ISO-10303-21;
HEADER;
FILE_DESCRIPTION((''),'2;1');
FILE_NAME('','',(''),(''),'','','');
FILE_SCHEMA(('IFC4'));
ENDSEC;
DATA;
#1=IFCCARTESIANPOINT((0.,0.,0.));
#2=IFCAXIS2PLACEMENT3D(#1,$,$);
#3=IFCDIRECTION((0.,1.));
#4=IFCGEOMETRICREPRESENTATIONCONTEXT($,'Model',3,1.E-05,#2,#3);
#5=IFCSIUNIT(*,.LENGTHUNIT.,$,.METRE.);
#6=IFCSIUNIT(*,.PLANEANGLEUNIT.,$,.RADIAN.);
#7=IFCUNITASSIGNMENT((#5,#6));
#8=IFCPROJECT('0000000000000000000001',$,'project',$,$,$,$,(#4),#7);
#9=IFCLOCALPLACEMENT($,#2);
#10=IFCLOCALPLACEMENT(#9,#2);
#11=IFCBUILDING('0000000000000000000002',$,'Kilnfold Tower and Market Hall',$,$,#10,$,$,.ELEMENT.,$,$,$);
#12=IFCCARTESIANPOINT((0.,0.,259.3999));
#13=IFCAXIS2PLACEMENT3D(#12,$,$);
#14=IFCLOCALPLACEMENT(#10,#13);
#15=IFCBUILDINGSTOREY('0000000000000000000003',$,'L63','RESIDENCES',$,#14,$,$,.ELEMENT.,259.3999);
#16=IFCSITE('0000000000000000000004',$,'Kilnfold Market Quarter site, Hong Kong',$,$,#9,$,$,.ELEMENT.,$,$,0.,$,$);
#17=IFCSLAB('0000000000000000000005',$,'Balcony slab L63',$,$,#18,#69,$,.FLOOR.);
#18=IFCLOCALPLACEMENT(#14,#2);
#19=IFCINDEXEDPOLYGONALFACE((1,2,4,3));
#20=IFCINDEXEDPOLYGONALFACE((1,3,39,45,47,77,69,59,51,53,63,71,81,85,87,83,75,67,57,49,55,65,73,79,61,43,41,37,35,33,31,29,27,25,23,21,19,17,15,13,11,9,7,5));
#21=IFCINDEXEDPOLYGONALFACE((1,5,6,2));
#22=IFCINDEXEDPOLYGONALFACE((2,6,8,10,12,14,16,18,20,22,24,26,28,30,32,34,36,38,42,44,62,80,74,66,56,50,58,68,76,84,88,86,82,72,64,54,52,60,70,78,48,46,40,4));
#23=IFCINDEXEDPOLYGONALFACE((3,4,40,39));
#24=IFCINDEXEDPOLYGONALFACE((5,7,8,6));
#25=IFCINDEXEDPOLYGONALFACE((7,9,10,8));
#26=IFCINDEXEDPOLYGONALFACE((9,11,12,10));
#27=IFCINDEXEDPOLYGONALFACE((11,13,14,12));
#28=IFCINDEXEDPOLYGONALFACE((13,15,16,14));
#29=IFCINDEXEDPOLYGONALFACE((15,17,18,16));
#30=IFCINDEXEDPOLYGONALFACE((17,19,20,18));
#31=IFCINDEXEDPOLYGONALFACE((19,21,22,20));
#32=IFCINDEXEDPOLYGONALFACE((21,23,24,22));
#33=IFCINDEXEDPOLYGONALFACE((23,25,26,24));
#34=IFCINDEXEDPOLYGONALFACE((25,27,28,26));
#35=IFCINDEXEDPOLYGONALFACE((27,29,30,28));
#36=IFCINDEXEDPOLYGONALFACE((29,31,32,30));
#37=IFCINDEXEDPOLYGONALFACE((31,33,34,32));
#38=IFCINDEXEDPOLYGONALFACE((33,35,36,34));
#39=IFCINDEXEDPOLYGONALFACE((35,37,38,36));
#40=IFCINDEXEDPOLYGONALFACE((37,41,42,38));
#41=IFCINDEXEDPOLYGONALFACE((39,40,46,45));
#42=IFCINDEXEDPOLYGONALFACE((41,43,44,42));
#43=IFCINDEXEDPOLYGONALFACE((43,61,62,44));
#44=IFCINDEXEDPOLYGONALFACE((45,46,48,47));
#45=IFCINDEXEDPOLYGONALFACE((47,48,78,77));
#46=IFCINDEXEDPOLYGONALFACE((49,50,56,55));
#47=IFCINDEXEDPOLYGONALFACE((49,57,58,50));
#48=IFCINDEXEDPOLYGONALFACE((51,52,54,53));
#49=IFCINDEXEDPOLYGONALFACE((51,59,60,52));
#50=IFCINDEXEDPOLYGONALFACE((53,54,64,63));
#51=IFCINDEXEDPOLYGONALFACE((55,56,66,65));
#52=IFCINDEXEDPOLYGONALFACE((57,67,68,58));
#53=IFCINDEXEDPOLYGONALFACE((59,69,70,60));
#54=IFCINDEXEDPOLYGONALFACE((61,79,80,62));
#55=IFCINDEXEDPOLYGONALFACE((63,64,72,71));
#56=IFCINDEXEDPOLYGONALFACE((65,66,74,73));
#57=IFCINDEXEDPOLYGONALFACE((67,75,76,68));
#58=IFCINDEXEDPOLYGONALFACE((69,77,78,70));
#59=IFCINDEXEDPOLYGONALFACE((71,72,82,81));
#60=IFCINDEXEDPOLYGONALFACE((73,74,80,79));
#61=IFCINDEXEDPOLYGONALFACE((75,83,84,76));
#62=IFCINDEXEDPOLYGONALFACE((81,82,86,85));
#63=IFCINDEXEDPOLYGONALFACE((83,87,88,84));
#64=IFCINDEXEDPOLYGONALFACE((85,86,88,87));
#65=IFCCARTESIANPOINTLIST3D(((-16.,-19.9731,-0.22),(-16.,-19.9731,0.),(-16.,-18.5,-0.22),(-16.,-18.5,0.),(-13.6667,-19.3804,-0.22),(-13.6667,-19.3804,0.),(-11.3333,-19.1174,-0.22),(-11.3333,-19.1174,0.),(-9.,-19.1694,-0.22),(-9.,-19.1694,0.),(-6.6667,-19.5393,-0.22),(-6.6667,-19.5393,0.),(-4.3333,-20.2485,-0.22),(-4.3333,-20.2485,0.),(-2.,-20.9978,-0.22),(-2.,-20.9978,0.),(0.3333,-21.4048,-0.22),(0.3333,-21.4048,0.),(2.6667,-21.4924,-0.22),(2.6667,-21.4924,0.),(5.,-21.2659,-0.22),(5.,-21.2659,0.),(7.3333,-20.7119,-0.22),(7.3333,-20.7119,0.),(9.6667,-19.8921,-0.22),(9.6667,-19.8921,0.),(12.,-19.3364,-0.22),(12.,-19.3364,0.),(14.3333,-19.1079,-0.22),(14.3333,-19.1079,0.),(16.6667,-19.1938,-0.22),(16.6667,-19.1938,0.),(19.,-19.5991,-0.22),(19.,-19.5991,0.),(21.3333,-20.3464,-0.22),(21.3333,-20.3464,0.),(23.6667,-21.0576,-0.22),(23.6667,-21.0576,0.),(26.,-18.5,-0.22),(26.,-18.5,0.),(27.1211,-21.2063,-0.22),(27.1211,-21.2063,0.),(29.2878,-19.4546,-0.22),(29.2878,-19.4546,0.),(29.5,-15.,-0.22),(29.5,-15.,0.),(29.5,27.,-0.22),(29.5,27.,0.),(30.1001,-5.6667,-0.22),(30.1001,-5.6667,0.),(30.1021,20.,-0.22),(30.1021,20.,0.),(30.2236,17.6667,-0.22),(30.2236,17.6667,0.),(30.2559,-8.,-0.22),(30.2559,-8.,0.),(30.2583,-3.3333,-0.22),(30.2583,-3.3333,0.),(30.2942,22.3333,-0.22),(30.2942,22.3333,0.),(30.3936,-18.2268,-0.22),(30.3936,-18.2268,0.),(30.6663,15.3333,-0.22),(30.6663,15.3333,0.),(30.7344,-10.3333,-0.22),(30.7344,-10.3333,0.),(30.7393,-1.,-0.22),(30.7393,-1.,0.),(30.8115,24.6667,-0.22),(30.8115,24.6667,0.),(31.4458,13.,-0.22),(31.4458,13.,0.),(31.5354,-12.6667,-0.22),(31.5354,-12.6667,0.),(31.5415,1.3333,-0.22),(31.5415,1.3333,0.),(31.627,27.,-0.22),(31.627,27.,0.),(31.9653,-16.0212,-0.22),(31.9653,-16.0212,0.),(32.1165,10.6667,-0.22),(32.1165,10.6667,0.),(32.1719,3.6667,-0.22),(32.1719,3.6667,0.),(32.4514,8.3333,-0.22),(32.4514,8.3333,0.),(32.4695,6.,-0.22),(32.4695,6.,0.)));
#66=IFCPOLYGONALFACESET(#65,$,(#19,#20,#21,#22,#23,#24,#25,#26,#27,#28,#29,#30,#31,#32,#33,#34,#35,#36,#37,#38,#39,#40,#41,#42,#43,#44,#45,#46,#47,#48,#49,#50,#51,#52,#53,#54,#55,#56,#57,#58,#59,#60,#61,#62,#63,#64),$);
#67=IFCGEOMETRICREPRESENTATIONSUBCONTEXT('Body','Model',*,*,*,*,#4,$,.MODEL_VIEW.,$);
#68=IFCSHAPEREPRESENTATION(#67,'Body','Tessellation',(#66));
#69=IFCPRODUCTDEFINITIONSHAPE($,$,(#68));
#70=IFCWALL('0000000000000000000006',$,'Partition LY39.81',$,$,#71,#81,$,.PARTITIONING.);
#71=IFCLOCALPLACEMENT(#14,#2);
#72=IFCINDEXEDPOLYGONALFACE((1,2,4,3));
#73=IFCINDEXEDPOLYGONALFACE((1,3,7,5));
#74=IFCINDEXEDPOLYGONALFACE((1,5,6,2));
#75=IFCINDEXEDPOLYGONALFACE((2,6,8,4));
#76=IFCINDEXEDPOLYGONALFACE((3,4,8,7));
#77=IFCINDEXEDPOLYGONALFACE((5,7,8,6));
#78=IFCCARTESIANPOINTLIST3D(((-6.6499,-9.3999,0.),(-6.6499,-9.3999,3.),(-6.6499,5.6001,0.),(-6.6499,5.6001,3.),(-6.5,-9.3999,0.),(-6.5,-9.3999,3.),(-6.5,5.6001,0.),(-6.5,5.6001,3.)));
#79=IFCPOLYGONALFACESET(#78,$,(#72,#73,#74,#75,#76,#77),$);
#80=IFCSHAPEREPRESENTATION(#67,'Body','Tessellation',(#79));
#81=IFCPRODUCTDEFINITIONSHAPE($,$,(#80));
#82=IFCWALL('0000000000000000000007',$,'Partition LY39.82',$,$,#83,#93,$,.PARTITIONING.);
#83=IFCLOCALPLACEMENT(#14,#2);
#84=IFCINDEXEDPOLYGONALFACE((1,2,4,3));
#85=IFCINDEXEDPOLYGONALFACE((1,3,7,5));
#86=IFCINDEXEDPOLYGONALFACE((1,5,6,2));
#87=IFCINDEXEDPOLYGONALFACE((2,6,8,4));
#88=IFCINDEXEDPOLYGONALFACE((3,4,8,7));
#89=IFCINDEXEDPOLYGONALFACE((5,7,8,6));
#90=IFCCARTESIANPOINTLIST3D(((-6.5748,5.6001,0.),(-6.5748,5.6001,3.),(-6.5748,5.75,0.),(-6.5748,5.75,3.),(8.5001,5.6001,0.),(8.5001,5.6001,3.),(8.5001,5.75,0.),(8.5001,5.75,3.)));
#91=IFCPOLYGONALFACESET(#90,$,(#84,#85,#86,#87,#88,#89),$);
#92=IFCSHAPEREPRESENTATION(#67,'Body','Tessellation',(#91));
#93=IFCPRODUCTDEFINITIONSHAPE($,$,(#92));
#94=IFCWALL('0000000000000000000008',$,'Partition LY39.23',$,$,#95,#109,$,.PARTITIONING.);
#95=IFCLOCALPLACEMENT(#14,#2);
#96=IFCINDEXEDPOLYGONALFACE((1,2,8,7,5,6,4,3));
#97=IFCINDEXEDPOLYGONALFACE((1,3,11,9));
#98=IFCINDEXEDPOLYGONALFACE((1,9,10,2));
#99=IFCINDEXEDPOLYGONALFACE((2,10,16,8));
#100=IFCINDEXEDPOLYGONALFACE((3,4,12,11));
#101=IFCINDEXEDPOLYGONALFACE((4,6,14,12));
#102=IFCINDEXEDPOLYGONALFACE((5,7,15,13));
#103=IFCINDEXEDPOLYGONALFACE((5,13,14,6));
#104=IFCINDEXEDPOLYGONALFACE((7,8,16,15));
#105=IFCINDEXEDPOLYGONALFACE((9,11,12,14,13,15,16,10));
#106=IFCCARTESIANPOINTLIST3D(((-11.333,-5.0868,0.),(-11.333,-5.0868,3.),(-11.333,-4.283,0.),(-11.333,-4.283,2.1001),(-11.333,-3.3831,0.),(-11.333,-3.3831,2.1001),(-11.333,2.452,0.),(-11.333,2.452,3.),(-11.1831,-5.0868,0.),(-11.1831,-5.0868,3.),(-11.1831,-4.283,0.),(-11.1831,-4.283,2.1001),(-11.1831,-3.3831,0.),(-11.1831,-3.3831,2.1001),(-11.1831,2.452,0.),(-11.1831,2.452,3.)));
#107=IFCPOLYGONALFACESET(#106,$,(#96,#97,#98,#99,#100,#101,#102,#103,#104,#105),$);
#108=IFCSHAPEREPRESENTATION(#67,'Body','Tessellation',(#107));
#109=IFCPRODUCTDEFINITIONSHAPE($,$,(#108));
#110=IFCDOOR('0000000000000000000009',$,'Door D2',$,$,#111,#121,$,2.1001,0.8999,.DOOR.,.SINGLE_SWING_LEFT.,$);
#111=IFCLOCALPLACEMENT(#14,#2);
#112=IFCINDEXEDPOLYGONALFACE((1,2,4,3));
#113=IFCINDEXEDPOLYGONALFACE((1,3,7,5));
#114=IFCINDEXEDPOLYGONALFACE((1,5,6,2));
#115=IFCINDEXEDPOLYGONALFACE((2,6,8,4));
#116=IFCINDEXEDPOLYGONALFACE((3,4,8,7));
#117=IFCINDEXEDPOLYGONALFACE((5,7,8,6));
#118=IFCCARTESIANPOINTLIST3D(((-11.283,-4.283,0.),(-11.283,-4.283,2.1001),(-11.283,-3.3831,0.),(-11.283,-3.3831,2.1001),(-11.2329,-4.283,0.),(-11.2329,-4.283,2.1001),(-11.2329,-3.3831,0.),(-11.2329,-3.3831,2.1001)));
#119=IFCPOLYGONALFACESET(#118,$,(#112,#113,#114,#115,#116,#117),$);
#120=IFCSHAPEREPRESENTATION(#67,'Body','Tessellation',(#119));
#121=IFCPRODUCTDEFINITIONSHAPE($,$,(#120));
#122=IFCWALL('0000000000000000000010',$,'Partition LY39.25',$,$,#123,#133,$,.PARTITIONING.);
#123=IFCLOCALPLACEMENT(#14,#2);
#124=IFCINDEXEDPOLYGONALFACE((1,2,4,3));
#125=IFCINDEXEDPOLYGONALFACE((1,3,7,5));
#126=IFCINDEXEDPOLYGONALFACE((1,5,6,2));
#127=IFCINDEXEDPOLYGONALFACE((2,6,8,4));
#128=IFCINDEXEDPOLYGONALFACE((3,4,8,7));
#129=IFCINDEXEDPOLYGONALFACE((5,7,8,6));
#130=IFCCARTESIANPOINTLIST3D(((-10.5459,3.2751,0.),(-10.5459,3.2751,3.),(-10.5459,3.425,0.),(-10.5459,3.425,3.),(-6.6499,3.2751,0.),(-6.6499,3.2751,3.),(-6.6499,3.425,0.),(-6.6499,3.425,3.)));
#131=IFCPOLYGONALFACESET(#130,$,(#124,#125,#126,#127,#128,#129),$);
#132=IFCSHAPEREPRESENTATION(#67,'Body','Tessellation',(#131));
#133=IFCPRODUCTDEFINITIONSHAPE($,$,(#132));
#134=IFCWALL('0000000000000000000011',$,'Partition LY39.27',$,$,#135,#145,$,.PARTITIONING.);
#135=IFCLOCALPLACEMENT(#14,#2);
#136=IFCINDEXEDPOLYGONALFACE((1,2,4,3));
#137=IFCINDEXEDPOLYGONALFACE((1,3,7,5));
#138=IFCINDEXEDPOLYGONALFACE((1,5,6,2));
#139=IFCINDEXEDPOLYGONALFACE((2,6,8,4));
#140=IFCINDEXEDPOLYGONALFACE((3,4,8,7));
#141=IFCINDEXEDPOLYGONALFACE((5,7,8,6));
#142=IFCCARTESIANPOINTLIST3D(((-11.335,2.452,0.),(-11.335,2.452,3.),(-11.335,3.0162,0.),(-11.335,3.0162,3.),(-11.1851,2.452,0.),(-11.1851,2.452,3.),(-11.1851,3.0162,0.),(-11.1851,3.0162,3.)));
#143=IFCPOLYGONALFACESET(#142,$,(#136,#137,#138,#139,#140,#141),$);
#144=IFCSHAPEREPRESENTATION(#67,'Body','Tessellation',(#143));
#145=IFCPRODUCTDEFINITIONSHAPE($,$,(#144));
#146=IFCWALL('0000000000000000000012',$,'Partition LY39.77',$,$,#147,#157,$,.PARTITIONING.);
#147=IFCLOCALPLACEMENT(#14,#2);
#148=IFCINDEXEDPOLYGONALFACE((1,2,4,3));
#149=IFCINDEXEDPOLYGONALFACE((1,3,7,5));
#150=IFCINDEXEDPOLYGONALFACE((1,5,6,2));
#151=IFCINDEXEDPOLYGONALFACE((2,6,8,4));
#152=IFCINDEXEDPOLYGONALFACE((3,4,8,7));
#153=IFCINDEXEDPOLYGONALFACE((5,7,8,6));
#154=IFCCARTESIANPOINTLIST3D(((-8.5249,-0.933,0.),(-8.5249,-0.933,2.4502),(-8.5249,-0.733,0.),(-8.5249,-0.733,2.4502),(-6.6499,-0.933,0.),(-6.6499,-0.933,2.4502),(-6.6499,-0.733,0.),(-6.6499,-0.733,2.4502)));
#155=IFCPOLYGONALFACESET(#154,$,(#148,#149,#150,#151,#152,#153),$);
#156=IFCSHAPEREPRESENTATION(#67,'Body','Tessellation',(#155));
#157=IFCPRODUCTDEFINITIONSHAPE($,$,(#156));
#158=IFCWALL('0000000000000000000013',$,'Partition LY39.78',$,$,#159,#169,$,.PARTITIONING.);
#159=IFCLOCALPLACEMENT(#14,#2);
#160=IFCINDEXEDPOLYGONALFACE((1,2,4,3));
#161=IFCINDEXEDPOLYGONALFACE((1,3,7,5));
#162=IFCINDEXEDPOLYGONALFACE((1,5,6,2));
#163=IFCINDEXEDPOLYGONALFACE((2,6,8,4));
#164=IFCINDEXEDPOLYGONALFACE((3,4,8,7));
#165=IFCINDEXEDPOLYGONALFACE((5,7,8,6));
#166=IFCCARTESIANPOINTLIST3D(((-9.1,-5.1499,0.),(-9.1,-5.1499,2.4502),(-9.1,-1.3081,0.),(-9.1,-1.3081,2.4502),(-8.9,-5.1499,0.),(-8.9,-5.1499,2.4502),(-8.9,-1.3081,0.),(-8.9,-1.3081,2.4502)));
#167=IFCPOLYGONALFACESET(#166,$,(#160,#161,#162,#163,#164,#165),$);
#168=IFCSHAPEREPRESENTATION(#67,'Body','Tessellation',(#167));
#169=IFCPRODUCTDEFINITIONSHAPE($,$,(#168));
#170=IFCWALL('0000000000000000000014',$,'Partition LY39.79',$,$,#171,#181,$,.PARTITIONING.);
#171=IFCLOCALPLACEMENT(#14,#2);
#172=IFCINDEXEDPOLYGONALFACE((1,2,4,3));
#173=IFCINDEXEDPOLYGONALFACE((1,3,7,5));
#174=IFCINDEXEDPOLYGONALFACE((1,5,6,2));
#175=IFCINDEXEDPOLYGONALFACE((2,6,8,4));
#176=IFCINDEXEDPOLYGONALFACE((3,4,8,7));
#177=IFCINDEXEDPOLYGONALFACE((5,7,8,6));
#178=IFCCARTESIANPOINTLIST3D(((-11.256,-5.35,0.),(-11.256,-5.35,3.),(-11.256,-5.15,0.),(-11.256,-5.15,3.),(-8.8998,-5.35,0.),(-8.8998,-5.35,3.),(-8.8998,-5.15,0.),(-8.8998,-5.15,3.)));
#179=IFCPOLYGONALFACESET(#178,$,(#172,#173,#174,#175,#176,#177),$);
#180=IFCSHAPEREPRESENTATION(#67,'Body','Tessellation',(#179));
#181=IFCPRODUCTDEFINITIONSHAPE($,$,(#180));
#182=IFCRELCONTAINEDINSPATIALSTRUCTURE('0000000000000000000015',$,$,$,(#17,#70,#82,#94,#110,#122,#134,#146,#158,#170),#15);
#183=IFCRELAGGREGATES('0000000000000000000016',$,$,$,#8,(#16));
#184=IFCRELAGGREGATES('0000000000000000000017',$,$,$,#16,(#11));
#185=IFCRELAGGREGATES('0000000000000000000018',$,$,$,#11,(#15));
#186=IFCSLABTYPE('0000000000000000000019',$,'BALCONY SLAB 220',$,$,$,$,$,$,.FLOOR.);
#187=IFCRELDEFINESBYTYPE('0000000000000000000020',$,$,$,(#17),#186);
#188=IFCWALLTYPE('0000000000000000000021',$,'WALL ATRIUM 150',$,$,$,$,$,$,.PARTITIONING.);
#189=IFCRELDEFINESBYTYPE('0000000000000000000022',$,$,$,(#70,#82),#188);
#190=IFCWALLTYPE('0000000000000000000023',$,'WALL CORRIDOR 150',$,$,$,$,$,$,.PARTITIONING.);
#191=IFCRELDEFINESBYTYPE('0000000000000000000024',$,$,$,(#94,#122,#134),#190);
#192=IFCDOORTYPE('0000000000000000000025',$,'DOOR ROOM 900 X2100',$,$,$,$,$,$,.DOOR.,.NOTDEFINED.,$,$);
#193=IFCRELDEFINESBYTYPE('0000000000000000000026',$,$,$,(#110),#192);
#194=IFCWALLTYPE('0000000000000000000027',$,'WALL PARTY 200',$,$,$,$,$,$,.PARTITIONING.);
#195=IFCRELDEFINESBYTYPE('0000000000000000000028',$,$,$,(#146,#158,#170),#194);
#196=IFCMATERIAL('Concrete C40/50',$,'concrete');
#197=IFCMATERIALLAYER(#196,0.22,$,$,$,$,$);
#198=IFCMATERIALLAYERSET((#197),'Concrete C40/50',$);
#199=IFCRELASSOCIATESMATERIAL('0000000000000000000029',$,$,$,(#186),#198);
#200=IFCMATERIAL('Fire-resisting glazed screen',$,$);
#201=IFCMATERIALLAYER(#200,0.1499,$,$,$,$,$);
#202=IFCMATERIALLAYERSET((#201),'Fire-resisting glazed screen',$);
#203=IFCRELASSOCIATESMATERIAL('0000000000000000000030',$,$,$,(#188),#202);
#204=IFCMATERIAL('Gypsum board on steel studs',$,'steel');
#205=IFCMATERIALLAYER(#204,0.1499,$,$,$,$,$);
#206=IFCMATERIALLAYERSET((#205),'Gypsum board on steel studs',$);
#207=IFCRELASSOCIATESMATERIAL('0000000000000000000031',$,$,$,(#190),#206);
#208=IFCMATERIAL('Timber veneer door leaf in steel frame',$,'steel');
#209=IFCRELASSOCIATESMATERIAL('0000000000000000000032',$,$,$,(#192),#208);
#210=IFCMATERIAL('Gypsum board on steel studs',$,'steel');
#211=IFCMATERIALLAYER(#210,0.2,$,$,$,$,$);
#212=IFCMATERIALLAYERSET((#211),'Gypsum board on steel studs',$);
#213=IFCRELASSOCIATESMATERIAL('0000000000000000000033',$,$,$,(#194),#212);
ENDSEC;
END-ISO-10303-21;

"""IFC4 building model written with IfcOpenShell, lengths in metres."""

from ifc_helpers import new_model, si_unit, direction, frame, frame_2d, origin, place, context, subcontext, project, spatial, polyline, rectangle, outline, extrude, source, transform, mapped, material, layer, layer_set, type_object, element, fill, save


model = new_model("IFC4")

# Units and contexts
model_context = context("Model", 3, precision=1e-05, world=origin(), true_north=direction((0.0, 1.0)))
body_context = subcontext(model_context, "Body", "Model", "MODEL_VIEW")
ifc_project = project(units=[si_unit("LENGTHUNIT", "METRE"), si_unit("PLANEANGLEUNIT", "RADIAN")], contexts=[model_context])

# Site, building, storey
site_placement = place(None, origin())
site = spatial("IfcSite", under=ifc_project, at=site_placement, Name="Kilnfold Market Quarter site, Hong Kong", CompositionType="ELEMENT", RefElevation=0.0)
building_placement = place(site_placement, origin())
building = spatial("IfcBuilding", under=site, at=building_placement, Name="Kilnfold Tower and Market Hall", CompositionType="ELEMENT")
storey_placement = place(building_placement, frame((0.0, 0.0, 259.3999)))
storey = spatial("IfcBuildingStorey", under=building, at=storey_placement, Name="L63", Description="RESIDENCES", CompositionType="ELEMENT", Elevation=259.3999)

# Slab
ifc_material_1 = material(Name="Concrete C40/50", Category="concrete")
ifc_layer_1 = layer(ifc_material_1, 0.22)
ifc_layer_set_1 = layer_set([ifc_layer_1], Name="Concrete C40/50")
slab_type_1 = type_object("IfcSlabType", Name="BALCONY SLAB 220", PredefinedType="FLOOR", material=ifc_layer_set_1)
shared_shape_1 = source(origin(), body_context, "Body", "SweptSolid", [
    extrude(outline(polyline([(-16.0, -18.5), (26.0, -18.5), (29.5, -15.0), (29.5, 27.0), (31.627, 27.0), (30.8115, 24.6667), (30.2942, 22.3333), (30.1021, 20.0), (30.2236, 17.6667), (30.6663, 15.3333), (31.4458, 13.0), (32.1165, 10.6667), (32.4514, 8.3333), (32.4695, 6.0), (32.1719, 3.6667), (31.5415, 1.3333), (30.7393, -1.0), (30.2583, -3.3333), (30.1001, -5.6667), (30.2559, -8.0), (30.7344, -10.3333), (31.5354, -12.6667), (31.9653, -16.0212), (30.3936, -18.2268), (29.2878, -19.4546), (27.1211, -21.2063), (23.6667, -21.0576), (21.3333, -20.3464), (19.0, -19.5991), (16.6667, -19.1938), (14.3333, -19.1079), (12.0, -19.3364), (9.6667, -19.8921), (7.3333, -20.7119), (5.0, -21.2659), (2.6667, -21.4924), (0.3333, -21.4048), (-2.0, -20.9978), (-4.3333, -20.2485), (-6.6667, -19.5393), (-9.0, -19.1694), (-11.3333, -19.1174), (-13.6667, -19.3804), (-16.0, -19.9731), (-16.0, -18.5)])), origin(), (0.0, 0.0, 1.0), 0.22),
])
slab_1_placement = place(storey_placement, frame((0.0, 0.0, -0.22)))
element("IfcSlab", 1, at=slab_1_placement, inside=storey, type_object=slab_type_1, Name="Balcony slab L63", PredefinedType="FLOOR", context=body_context, shape_type="MappedRepresentation", body=[
    mapped(shared_shape_1, transform((0.0, 0.0, 0.0))),
])

# Walls
ifc_material_2 = material(Name="Fire-resisting glazed screen")
ifc_layer_2 = layer(ifc_material_2, 0.1499)
ifc_layer_set_2 = layer_set([ifc_layer_2], Name="Fire-resisting glazed screen")
wall_type_1 = type_object("IfcWallType", Name="WALL ATRIUM 150", PredefinedType="PARTITIONING", material=ifc_layer_set_2)
wall_1_placement = place(storey_placement, frame((-6.575, -9.3999, 0.0), z_axis=(0.0, 0.0, 1.0), x_axis=(0.0, 1.0, 0.0)))
element("IfcWall", 2, at=wall_1_placement, inside=storey, type_object=wall_type_1, Name="Partition LY39.81", PredefinedType="PARTITIONING", context=body_context, shape_type="SweptSolid", body=[
    extrude(rectangle(XDim=15.0, YDim=0.1499, at=frame_2d((7.5, 0.0))), origin(), (0.0, 0.0, 1.0), 3.0),
])
wall_2_placement = place(storey_placement, frame((-6.575, 5.675, 0.0), z_axis=(0.0, 0.0, 1.0), x_axis=(1.0, 0.0, 0.0)))
element("IfcWall", 3, at=wall_2_placement, inside=storey, type_object=wall_type_1, Name="Partition LY39.82", PredefinedType="PARTITIONING", context=body_context, shape_type="SweptSolid", body=[
    extrude(rectangle(XDim=15.075, YDim=0.1499, at=frame_2d((7.5376, 0.0))), origin(), (0.0, 0.0, 1.0), 3.0),
])

# Wall, opening, door
ifc_material_3 = material(Name="Gypsum board on steel studs", Category="steel")
ifc_layer_3 = layer(ifc_material_3, 0.1499)
ifc_layer_set_3 = layer_set([ifc_layer_3], Name="Gypsum board on steel studs")
wall_type_2 = type_object("IfcWallType", Name="WALL CORRIDOR 150", PredefinedType="PARTITIONING", material=ifc_layer_set_3)
wall_3_placement = place(storey_placement, frame((-11.2581, -5.0869, 0.0), z_axis=(0.0, 0.0, 1.0), x_axis=(0.0, 1.0, 0.0)))
wall_3 = element("IfcWall", 4, at=wall_3_placement, inside=storey, type_object=wall_type_2, Name="Partition LY39.23", PredefinedType="PARTITIONING", context=body_context, shape_type="SweptSolid", body=[
    extrude(rectangle(XDim=7.5388, YDim=0.1499, at=frame_2d((3.7695, 0.0))), origin(), (0.0, 0.0, 1.0), 3.0),
])
opening_1_placement = place(wall_3_placement, frame((0.804, 0.0, 0.0)))
opening_1 = element("IfcOpeningElement", 5, at=opening_1_placement, cuts=wall_3, PredefinedType="OPENING", context=body_context, shape_type="SweptSolid", body=[
    extrude(rectangle(XDim=0.8999, YDim=2.1001, at=frame_2d((0.45, 1.05))), frame((0.0, 0.085, 0.0), z_axis=(0.0, -1.0, 0.0), x_axis=(1.0, 0.0, 0.0)), (0.0, 0.0, 1.0), 0.1699),
])
ifc_material_4 = material(Name="Timber veneer door leaf in steel frame", Category="steel")
door_type_1 = type_object("IfcDoorType", Name="DOOR ROOM 900 X2100", OperationType="NOTDEFINED", PredefinedType="DOOR", material=ifc_material_4)
door_1_placement = place(opening_1_placement, origin())
door_1 = element("IfcDoor", 6, at=door_1_placement, inside=storey, type_object=door_type_1, Name="Door D2", OperationType="SINGLE_SWING_LEFT", OverallHeight=2.1001, OverallWidth=0.8999, PredefinedType="DOOR", context=body_context, shape_type="SweptSolid", body=[
    extrude(rectangle(XDim=0.8999, YDim=2.1001, at=frame_2d((0.45, 1.05))), frame((0.0, 0.0249, 0.0), z_axis=(0.0, -1.0, 0.0), x_axis=(1.0, 0.0, 0.0)), (0.0, 0.0, 1.0), 0.05),
])
fill(opening_1, door_1)

# Walls
wall_4_placement = place(storey_placement, frame((-10.5459, 3.3501, 0.0), z_axis=(0.0, 0.0, 1.0), x_axis=(1.0, 0.0, 0.0)))
element("IfcWall", 7, at=wall_4_placement, inside=storey, type_object=wall_type_2, Name="Partition LY39.25", PredefinedType="PARTITIONING", context=body_context, shape_type="SweptSolid", body=[
    extrude(rectangle(XDim=3.896, YDim=0.1499, at=frame_2d((1.948, 0.0))), origin(), (0.0, 0.0, 1.0), 3.0),
])
wall_5_placement = place(storey_placement, frame((-11.26, 2.4519, 0.0), z_axis=(0.0, 0.0, 1.0), x_axis=(0.0, 1.0, 0.0)))
element("IfcWall", 8, at=wall_5_placement, inside=storey, type_object=wall_type_2, Name="Partition LY39.27", PredefinedType="PARTITIONING", context=body_context, shape_type="SweptSolid", body=[
    extrude(rectangle(XDim=0.5642, YDim=0.1499, at=frame_2d((0.2822, 0.0))), origin(), (0.0, 0.0, 1.0), 3.0),
])
ifc_material_5 = material(Name="Gypsum board on steel studs", Category="steel")
ifc_layer_4 = layer(ifc_material_5, 0.2)
ifc_layer_set_4 = layer_set([ifc_layer_4], Name="Gypsum board on steel studs")
wall_type_3 = type_object("IfcWallType", Name="WALL PARTY 200", PredefinedType="PARTITIONING", material=ifc_layer_set_4)
wall_6_placement = place(storey_placement, frame((-8.5249, -0.833, 0.0), z_axis=(0.0, 0.0, 1.0), x_axis=(1.0, 0.0, 0.0)))
element("IfcWall", 9, at=wall_6_placement, inside=storey, type_object=wall_type_3, Name="Partition LY39.77", PredefinedType="PARTITIONING", context=body_context, shape_type="SweptSolid", body=[
    extrude(rectangle(XDim=1.875, YDim=0.2, at=frame_2d((0.9375, 0.0))), origin(), (0.0, 0.0, 1.0), 2.4502),
])
wall_7_placement = place(storey_placement, frame((-9.0, -5.1499, 0.0), z_axis=(0.0, 0.0, 1.0), x_axis=(0.0, 1.0, 0.0)))
element("IfcWall", 10, at=wall_7_placement, inside=storey, type_object=wall_type_3, Name="Partition LY39.78", PredefinedType="PARTITIONING", context=body_context, shape_type="SweptSolid", body=[
    extrude(rectangle(XDim=3.8418, YDim=0.2, at=frame_2d((1.9209, 0.0))), origin(), (0.0, 0.0, 1.0), 2.4502),
])
wall_8_placement = place(storey_placement, frame((-11.2561, -5.25, 0.0), z_axis=(0.0, 0.0, 1.0), x_axis=(1.0, 0.0, 0.0)))
element("IfcWall", 11, at=wall_8_placement, inside=storey, type_object=wall_type_3, Name="Partition LY39.79", PredefinedType="PARTITIONING", context=body_context, shape_type="SweptSolid", body=[
    extrude(rectangle(XDim=2.3562, YDim=0.2, at=frame_2d((1.1782, 0.0))), origin(), (0.0, 0.0, 1.0), 3.0),
])

save(model, "model.ifc")
